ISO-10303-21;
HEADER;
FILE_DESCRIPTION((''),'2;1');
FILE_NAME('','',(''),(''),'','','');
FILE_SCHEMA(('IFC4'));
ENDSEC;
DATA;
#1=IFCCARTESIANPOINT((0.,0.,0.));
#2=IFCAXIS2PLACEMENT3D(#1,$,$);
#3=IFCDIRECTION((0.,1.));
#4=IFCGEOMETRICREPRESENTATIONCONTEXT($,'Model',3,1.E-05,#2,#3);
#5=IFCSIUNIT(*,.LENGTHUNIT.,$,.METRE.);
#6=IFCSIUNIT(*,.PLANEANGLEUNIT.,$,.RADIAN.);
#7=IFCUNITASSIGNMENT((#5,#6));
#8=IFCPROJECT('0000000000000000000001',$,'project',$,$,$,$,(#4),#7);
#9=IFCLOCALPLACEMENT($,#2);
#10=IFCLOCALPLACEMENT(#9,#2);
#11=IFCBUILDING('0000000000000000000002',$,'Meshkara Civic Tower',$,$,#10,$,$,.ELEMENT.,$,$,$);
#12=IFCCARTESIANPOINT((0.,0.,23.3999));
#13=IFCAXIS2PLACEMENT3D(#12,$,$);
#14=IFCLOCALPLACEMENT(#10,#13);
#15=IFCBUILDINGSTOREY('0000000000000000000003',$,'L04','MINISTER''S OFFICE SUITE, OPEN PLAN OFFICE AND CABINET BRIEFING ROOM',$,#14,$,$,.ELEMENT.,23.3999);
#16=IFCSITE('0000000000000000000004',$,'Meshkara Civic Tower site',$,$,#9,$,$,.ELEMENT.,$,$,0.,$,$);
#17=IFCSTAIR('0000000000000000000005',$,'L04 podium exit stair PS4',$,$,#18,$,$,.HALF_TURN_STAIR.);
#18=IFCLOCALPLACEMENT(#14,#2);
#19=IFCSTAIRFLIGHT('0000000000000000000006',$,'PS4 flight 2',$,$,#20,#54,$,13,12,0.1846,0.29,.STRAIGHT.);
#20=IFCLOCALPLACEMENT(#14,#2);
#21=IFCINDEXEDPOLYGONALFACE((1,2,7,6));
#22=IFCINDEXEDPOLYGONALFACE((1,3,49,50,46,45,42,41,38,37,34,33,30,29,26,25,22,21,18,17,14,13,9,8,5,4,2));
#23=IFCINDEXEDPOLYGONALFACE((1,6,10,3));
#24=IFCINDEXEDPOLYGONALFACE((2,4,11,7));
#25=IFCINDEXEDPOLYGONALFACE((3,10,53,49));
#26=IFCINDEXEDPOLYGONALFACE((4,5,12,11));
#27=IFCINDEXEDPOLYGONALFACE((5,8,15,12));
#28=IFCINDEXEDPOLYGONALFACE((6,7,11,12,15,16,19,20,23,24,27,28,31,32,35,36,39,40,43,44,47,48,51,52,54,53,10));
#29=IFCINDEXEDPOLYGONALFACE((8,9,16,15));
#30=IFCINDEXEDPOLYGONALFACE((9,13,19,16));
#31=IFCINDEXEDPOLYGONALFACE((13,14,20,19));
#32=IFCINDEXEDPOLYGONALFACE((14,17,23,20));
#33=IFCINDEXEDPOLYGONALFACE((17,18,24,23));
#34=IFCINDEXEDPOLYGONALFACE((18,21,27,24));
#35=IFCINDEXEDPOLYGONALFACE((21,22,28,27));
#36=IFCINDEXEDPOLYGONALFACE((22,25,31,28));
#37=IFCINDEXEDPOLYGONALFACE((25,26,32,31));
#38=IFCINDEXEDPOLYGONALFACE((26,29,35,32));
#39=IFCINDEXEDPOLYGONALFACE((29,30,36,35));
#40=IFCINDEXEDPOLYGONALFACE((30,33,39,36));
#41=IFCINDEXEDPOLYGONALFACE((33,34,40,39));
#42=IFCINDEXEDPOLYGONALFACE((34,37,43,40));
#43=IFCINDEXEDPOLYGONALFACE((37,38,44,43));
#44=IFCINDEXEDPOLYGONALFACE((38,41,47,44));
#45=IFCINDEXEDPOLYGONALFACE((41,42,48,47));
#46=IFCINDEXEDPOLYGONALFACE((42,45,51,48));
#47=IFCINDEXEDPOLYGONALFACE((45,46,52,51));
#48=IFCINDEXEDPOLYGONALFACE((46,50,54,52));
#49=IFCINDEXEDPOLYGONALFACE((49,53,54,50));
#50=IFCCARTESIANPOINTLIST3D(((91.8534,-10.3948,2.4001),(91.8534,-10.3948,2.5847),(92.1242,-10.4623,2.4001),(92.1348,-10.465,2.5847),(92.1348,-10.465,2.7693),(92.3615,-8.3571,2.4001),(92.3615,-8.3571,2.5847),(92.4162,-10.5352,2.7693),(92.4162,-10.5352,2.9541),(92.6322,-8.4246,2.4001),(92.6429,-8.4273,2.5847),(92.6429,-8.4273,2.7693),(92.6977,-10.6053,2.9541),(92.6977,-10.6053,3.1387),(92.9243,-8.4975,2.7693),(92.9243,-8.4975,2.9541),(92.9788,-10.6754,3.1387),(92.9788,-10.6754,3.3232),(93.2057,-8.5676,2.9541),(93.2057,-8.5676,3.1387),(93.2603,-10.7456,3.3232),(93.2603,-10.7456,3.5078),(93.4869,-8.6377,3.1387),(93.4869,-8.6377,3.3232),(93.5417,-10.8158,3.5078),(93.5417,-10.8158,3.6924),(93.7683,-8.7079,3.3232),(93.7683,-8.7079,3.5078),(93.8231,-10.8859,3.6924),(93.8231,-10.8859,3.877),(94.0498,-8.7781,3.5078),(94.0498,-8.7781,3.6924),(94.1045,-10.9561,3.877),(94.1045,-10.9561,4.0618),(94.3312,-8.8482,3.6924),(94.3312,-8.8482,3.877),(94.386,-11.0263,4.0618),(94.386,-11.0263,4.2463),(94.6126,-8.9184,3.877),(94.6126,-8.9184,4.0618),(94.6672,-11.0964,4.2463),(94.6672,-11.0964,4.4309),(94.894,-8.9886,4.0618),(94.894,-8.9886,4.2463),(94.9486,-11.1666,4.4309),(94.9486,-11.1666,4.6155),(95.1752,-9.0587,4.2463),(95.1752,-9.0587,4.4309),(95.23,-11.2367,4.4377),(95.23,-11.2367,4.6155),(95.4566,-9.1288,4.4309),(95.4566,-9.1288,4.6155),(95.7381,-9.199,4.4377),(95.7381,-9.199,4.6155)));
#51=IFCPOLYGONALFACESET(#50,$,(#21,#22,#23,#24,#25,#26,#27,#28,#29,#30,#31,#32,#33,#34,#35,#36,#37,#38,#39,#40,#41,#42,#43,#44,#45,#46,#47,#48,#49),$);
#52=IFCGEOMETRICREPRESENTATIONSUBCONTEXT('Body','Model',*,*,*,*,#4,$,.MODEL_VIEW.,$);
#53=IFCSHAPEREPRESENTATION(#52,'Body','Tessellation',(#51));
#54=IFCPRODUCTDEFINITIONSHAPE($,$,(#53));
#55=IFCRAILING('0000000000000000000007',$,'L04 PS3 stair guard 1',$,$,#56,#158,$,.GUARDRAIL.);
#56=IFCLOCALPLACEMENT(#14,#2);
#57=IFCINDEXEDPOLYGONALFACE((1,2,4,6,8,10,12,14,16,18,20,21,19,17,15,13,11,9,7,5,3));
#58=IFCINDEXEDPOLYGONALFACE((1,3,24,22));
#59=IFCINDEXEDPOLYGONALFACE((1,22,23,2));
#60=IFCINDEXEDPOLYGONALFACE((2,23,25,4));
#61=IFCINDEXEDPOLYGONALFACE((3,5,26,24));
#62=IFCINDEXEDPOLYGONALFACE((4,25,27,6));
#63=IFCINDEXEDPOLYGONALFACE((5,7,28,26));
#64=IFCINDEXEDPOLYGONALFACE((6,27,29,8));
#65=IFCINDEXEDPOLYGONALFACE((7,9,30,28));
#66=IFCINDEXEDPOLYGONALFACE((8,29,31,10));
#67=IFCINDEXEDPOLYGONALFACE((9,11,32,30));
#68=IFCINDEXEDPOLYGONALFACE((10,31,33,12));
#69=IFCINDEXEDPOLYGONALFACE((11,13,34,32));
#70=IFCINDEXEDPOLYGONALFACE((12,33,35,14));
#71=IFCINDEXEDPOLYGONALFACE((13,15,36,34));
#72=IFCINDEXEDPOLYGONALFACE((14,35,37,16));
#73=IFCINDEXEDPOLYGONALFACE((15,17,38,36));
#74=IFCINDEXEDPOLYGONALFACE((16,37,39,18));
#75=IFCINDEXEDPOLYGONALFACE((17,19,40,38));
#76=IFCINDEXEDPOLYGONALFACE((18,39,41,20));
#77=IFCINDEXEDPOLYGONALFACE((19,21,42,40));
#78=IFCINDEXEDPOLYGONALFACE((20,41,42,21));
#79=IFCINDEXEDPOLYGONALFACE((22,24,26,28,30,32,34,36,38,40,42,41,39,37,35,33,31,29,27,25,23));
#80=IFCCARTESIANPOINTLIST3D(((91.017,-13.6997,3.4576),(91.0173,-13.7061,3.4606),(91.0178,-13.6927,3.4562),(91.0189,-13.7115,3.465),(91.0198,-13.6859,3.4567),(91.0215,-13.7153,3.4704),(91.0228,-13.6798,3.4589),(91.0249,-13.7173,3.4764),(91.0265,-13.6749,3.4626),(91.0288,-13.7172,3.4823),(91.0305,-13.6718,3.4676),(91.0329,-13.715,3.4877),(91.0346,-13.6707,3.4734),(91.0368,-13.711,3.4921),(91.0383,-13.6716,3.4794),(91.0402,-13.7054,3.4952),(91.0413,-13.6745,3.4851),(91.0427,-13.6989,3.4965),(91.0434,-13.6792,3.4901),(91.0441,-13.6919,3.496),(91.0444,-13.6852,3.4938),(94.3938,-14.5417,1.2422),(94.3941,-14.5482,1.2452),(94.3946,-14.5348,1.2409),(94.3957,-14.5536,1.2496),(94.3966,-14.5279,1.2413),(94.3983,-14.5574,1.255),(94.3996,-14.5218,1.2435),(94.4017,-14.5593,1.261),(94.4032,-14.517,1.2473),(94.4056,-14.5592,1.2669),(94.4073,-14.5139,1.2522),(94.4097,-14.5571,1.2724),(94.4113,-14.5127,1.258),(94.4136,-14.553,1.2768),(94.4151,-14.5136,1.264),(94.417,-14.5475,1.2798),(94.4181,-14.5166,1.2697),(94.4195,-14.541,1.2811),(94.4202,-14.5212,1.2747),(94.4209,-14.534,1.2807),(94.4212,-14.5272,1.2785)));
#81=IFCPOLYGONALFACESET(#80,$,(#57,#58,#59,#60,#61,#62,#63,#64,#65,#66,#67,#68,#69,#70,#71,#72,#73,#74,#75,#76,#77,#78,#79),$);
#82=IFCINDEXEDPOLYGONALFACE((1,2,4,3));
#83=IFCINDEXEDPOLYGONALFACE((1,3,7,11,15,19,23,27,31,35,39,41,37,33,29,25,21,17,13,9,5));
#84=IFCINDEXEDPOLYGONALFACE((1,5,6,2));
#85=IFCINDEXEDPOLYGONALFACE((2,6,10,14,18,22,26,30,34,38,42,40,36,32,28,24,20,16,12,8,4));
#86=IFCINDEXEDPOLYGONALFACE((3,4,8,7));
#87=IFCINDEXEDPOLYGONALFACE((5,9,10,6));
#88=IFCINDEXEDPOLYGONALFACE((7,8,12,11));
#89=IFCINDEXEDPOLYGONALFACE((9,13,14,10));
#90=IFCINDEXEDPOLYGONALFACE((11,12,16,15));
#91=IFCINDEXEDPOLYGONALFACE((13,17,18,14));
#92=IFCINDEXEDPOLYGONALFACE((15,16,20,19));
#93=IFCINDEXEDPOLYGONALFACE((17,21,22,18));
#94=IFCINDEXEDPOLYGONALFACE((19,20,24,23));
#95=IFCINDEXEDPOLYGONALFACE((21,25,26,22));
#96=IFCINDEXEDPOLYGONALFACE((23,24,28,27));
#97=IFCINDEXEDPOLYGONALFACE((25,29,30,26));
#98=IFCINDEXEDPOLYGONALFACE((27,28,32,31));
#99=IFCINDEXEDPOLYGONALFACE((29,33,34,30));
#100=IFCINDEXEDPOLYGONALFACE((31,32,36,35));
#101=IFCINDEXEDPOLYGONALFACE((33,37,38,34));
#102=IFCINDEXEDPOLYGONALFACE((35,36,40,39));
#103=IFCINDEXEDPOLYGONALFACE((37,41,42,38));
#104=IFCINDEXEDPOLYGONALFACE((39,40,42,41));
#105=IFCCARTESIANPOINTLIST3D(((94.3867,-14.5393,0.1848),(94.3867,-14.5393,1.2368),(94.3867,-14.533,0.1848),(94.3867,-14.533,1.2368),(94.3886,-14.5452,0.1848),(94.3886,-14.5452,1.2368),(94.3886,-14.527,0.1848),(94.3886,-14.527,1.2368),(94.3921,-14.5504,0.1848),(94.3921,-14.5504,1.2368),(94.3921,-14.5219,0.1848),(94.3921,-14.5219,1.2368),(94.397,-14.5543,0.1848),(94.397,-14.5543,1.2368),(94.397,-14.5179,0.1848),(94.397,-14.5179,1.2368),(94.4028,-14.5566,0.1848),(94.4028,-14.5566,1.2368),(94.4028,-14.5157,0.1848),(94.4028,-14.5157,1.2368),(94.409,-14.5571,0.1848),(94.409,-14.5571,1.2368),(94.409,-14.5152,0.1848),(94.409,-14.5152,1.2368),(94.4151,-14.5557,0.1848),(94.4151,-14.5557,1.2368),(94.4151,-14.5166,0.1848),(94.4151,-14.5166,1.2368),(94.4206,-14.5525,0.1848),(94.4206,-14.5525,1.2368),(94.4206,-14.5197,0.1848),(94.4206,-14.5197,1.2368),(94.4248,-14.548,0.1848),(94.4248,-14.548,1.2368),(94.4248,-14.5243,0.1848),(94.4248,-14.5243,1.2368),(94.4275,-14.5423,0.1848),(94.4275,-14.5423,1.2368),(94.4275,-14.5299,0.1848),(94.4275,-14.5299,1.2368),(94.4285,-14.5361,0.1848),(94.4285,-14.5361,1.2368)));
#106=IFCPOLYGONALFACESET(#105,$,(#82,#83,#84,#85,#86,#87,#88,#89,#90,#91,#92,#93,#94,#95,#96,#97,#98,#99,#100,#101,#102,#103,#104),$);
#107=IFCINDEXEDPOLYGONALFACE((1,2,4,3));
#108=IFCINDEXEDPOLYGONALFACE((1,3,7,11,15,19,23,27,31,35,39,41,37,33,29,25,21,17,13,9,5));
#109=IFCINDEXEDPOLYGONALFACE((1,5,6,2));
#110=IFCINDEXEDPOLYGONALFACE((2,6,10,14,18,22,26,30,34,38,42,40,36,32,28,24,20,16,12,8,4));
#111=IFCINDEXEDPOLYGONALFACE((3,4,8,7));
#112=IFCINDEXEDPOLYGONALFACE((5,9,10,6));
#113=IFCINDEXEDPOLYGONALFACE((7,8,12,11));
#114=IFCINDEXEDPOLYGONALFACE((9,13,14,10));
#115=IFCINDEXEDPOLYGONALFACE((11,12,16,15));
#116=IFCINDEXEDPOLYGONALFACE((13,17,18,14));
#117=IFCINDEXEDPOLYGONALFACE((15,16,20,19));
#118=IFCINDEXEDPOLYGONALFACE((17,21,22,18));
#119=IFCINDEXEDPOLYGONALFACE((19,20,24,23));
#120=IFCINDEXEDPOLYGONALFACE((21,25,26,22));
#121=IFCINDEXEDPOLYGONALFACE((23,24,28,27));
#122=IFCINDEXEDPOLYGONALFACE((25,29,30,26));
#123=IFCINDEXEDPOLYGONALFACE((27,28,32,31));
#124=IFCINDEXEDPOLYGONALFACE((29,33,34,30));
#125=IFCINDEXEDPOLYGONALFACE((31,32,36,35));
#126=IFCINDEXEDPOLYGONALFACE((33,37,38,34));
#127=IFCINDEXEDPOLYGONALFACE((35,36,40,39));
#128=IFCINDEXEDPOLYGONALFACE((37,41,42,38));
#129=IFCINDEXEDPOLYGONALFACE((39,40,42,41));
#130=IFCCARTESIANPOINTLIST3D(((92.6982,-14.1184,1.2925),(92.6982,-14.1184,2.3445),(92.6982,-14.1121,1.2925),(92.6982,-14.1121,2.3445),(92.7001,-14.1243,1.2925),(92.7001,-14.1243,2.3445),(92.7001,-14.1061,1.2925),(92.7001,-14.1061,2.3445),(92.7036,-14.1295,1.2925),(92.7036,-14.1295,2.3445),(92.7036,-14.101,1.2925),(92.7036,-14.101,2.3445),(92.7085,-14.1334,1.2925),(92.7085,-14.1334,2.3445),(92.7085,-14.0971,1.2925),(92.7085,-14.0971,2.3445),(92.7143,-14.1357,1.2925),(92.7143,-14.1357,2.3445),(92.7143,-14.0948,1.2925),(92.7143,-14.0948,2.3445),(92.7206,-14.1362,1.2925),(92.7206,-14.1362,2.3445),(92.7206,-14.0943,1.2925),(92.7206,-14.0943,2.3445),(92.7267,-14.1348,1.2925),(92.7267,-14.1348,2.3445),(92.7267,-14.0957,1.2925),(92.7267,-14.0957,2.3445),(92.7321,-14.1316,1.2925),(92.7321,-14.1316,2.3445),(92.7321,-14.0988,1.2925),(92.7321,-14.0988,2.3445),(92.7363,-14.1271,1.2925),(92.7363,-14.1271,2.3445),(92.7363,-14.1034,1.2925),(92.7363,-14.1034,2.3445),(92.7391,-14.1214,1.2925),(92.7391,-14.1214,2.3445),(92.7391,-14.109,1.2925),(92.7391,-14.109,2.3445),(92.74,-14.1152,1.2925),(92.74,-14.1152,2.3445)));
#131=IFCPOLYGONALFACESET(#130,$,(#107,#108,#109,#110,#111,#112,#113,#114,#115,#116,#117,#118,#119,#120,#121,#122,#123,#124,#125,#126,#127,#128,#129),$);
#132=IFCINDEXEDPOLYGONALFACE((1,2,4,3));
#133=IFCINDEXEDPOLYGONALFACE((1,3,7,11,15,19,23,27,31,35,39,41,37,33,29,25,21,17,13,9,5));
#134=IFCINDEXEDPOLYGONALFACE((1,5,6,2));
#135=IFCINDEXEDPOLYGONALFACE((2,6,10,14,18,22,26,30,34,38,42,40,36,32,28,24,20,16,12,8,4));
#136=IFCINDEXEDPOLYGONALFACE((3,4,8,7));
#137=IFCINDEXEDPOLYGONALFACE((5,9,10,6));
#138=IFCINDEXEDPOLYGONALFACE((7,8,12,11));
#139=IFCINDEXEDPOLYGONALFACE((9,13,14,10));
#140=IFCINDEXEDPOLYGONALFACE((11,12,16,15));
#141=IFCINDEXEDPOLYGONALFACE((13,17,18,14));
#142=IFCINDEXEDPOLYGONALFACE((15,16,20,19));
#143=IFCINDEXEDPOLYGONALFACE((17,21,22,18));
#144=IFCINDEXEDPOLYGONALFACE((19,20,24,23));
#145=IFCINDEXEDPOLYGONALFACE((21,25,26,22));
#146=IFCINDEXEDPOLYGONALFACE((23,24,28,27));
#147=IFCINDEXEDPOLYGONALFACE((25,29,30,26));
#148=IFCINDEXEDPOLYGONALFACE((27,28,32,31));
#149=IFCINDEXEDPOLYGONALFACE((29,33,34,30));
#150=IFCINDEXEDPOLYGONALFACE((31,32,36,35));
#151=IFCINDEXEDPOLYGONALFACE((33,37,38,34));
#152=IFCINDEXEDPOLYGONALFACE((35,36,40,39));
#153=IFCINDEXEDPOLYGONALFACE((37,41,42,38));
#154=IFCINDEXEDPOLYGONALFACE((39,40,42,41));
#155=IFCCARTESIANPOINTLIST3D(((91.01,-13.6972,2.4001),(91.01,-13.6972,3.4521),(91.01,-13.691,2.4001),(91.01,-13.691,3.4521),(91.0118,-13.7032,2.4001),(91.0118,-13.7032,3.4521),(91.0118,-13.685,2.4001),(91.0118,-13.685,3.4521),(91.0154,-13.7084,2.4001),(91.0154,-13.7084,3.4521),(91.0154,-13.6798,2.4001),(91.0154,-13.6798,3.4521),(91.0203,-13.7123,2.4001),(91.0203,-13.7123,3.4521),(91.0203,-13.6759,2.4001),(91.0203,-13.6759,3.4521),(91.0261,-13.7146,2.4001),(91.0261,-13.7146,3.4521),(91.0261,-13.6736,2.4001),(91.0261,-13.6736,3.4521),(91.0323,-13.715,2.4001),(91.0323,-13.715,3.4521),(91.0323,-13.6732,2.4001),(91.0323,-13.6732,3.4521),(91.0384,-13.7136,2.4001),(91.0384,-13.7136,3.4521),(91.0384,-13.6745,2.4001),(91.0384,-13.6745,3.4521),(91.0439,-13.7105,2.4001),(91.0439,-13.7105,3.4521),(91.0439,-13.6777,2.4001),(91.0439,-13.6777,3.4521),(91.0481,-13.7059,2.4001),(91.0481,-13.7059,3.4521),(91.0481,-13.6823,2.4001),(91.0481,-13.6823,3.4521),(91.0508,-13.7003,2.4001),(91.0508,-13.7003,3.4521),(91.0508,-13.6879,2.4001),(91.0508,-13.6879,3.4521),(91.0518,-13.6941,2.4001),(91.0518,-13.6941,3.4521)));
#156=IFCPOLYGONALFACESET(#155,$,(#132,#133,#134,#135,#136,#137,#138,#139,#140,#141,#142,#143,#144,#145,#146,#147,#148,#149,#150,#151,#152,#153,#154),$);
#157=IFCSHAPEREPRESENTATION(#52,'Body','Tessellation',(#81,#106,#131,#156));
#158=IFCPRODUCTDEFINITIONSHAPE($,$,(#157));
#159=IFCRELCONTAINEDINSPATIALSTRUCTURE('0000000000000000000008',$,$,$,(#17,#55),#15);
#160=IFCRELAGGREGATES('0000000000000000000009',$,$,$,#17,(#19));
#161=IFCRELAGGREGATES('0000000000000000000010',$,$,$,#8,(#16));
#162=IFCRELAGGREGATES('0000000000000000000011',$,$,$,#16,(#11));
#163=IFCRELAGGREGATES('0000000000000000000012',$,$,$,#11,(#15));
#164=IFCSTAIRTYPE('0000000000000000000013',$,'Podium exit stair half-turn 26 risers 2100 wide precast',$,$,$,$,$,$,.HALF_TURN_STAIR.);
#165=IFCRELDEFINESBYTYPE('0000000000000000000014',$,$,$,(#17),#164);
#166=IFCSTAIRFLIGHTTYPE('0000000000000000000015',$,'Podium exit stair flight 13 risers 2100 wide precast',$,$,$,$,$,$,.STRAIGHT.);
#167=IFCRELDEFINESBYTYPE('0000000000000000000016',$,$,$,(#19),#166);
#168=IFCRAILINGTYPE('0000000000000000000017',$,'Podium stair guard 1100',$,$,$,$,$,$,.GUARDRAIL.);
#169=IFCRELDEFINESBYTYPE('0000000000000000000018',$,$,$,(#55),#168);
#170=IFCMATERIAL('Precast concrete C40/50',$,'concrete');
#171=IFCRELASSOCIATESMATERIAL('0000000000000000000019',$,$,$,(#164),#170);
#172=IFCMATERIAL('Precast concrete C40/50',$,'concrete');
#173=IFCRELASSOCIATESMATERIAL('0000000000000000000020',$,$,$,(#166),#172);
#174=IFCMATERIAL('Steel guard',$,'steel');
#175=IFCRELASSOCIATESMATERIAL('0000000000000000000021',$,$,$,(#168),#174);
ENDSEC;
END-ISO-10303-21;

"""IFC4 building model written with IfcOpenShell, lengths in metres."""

from ifc_helpers import new_model, si_unit, direction, frame, origin, origin_2d, place, context, subcontext, project, spatial, polyline, circle, outline, extrude, material, type_object, element, aggregate, save


model = new_model("IFC4")

# Units and contexts
model_context = context("Model", 3, precision=1e-05, world=origin(), true_north=direction((0.0, 1.0)))
body_context = subcontext(model_context, "Body", "Model", "MODEL_VIEW")
ifc_project = project(units=[si_unit("LENGTHUNIT", "METRE"), si_unit("PLANEANGLEUNIT", "RADIAN")], contexts=[model_context])

# Site, building, storey
site_placement = place(None, origin())
site = spatial("IfcSite", under=ifc_project, at=site_placement, Name="Meshkara Civic Tower site", CompositionType="ELEMENT", RefElevation=0.0)
building_placement = place(site_placement, origin())
building = spatial("IfcBuilding", under=site, at=building_placement, Name="Meshkara Civic Tower", CompositionType="ELEMENT")
storey_placement = place(building_placement, frame((0.0, 0.0, 23.3999)))
storey = spatial("IfcBuildingStorey", under=building, at=storey_placement, Name="L04", Description="MINISTER'S OFFICE SUITE, OPEN PLAN OFFICE AND CABINET BRIEFING ROOM", CompositionType="ELEMENT", Elevation=23.3999)

# Stair, stair flight
ifc_material_1 = material(Name="Precast concrete C40/50", Category="concrete")
stair_type = type_object("IfcStairType", Name="Podium exit stair half-turn 26 risers 2100 wide precast", PredefinedType="HALF_TURN_STAIR", material=ifc_material_1)
ifc_material_2 = material(Name="Precast concrete C40/50", Category="concrete")
stair_flight_type = type_object("IfcStairFlightType", Name="Podium exit stair flight 13 risers 2100 wide precast", PredefinedType="STRAIGHT", material=ifc_material_2)
stair_1_placement = place(storey_placement, origin())
stair_1 = element("IfcStair", 1, at=stair_1_placement, inside=storey, type_object=stair_type, Name="L04 podium exit stair PS4", PredefinedType="HALF_TURN_STAIR")
stair_flight_1_placement = place(storey_placement, frame((92.1074, -9.376, 2.4001), z_axis=(0.0, 0.0, 1.0), x_axis=(0.970296, -0.241922, 0.0)))
stair_flight_1 = element("IfcStairFlight", 2, at=stair_flight_1_placement, type_object=stair_flight_type, Name="PS4 flight 2", NumberOfRisers=13, NumberOfTreads=12, PredefinedType="STRAIGHT", RiserHeight=0.1846, TreadLength=0.29, context=body_context, shape_type="SweptSolid", body=[
    extrude(outline(polyline([(0.0, 0.0), (0.0, 0.1846), (0.29, 0.1846), (0.29, 0.3691), (0.5801, 0.3691), (0.5801, 0.554), (0.8701, 0.554), (0.8701, 0.7385), (1.1599, 0.7385), (1.1599, 0.9231), (1.45, 0.9231), (1.45, 1.1077), (1.74, 1.1077), (1.74, 1.2922), (2.03, 1.2922), (2.03, 1.4768), (2.3201, 1.4768), (2.3201, 1.6616), (2.6101, 1.6616), (2.6101, 1.8462), (2.8999, 1.8462), (2.8999, 2.0308), (3.1899, 2.0308), (3.1899, 2.2153), (3.48, 2.2153), (3.48, 2.3999), (3.48, 2.0376), (0.2791, 0.0), (0.0, 0.0)])), frame((0.0, 1.05, 0.0), z_axis=(0.0, -1.0, 0.0), x_axis=(1.0, 0.0, 0.0)), (0.0, 0.0, 1.0), 2.1001),
])
aggregate(stair_1, [stair_flight_1])

# Railing
ifc_material_3 = material(Name="Steel guard", Category="steel")
railing_type_1 = type_object("IfcRailingType", Name="Podium stair guard 1100", PredefinedType="GUARDRAIL", material=ifc_material_3)
railing_1_placement = place(storey_placement, frame((94.4075, -14.5361, 0.1848)))
element("IfcRailing", 3, at=railing_1_placement, inside=storey, type_object=railing_type_1, Name="L04 PS3 stair guard 1", PredefinedType="GUARDRAIL", context=body_context, shape_type="SweptSolid", body=[
    extrude(circle(Radius=0.0239, at=origin_2d()), frame((0.0, 0.0, 1.0762), z_axis=(-0.818518, 0.204112, 0.536999), x_axis=(-0.241958, -0.970287, 0.0)), (0.0, 0.0, 1.0), 4.1255),
    extrude(circle(Radius=0.021, at=origin_2d()), origin(), (0.0, 0.0, 1.0), 1.052),
    extrude(circle(Radius=0.021, at=origin_2d()), frame((-1.6885, 0.4209, 1.1077)), (0.0, 0.0, 1.0), 1.052),
    extrude(circle(Radius=0.021, at=origin_2d()), frame((-3.3767, 0.842, 2.2153)), (0.0, 0.0, 1.0), 1.052),
])

save(model, "model.ifc")
